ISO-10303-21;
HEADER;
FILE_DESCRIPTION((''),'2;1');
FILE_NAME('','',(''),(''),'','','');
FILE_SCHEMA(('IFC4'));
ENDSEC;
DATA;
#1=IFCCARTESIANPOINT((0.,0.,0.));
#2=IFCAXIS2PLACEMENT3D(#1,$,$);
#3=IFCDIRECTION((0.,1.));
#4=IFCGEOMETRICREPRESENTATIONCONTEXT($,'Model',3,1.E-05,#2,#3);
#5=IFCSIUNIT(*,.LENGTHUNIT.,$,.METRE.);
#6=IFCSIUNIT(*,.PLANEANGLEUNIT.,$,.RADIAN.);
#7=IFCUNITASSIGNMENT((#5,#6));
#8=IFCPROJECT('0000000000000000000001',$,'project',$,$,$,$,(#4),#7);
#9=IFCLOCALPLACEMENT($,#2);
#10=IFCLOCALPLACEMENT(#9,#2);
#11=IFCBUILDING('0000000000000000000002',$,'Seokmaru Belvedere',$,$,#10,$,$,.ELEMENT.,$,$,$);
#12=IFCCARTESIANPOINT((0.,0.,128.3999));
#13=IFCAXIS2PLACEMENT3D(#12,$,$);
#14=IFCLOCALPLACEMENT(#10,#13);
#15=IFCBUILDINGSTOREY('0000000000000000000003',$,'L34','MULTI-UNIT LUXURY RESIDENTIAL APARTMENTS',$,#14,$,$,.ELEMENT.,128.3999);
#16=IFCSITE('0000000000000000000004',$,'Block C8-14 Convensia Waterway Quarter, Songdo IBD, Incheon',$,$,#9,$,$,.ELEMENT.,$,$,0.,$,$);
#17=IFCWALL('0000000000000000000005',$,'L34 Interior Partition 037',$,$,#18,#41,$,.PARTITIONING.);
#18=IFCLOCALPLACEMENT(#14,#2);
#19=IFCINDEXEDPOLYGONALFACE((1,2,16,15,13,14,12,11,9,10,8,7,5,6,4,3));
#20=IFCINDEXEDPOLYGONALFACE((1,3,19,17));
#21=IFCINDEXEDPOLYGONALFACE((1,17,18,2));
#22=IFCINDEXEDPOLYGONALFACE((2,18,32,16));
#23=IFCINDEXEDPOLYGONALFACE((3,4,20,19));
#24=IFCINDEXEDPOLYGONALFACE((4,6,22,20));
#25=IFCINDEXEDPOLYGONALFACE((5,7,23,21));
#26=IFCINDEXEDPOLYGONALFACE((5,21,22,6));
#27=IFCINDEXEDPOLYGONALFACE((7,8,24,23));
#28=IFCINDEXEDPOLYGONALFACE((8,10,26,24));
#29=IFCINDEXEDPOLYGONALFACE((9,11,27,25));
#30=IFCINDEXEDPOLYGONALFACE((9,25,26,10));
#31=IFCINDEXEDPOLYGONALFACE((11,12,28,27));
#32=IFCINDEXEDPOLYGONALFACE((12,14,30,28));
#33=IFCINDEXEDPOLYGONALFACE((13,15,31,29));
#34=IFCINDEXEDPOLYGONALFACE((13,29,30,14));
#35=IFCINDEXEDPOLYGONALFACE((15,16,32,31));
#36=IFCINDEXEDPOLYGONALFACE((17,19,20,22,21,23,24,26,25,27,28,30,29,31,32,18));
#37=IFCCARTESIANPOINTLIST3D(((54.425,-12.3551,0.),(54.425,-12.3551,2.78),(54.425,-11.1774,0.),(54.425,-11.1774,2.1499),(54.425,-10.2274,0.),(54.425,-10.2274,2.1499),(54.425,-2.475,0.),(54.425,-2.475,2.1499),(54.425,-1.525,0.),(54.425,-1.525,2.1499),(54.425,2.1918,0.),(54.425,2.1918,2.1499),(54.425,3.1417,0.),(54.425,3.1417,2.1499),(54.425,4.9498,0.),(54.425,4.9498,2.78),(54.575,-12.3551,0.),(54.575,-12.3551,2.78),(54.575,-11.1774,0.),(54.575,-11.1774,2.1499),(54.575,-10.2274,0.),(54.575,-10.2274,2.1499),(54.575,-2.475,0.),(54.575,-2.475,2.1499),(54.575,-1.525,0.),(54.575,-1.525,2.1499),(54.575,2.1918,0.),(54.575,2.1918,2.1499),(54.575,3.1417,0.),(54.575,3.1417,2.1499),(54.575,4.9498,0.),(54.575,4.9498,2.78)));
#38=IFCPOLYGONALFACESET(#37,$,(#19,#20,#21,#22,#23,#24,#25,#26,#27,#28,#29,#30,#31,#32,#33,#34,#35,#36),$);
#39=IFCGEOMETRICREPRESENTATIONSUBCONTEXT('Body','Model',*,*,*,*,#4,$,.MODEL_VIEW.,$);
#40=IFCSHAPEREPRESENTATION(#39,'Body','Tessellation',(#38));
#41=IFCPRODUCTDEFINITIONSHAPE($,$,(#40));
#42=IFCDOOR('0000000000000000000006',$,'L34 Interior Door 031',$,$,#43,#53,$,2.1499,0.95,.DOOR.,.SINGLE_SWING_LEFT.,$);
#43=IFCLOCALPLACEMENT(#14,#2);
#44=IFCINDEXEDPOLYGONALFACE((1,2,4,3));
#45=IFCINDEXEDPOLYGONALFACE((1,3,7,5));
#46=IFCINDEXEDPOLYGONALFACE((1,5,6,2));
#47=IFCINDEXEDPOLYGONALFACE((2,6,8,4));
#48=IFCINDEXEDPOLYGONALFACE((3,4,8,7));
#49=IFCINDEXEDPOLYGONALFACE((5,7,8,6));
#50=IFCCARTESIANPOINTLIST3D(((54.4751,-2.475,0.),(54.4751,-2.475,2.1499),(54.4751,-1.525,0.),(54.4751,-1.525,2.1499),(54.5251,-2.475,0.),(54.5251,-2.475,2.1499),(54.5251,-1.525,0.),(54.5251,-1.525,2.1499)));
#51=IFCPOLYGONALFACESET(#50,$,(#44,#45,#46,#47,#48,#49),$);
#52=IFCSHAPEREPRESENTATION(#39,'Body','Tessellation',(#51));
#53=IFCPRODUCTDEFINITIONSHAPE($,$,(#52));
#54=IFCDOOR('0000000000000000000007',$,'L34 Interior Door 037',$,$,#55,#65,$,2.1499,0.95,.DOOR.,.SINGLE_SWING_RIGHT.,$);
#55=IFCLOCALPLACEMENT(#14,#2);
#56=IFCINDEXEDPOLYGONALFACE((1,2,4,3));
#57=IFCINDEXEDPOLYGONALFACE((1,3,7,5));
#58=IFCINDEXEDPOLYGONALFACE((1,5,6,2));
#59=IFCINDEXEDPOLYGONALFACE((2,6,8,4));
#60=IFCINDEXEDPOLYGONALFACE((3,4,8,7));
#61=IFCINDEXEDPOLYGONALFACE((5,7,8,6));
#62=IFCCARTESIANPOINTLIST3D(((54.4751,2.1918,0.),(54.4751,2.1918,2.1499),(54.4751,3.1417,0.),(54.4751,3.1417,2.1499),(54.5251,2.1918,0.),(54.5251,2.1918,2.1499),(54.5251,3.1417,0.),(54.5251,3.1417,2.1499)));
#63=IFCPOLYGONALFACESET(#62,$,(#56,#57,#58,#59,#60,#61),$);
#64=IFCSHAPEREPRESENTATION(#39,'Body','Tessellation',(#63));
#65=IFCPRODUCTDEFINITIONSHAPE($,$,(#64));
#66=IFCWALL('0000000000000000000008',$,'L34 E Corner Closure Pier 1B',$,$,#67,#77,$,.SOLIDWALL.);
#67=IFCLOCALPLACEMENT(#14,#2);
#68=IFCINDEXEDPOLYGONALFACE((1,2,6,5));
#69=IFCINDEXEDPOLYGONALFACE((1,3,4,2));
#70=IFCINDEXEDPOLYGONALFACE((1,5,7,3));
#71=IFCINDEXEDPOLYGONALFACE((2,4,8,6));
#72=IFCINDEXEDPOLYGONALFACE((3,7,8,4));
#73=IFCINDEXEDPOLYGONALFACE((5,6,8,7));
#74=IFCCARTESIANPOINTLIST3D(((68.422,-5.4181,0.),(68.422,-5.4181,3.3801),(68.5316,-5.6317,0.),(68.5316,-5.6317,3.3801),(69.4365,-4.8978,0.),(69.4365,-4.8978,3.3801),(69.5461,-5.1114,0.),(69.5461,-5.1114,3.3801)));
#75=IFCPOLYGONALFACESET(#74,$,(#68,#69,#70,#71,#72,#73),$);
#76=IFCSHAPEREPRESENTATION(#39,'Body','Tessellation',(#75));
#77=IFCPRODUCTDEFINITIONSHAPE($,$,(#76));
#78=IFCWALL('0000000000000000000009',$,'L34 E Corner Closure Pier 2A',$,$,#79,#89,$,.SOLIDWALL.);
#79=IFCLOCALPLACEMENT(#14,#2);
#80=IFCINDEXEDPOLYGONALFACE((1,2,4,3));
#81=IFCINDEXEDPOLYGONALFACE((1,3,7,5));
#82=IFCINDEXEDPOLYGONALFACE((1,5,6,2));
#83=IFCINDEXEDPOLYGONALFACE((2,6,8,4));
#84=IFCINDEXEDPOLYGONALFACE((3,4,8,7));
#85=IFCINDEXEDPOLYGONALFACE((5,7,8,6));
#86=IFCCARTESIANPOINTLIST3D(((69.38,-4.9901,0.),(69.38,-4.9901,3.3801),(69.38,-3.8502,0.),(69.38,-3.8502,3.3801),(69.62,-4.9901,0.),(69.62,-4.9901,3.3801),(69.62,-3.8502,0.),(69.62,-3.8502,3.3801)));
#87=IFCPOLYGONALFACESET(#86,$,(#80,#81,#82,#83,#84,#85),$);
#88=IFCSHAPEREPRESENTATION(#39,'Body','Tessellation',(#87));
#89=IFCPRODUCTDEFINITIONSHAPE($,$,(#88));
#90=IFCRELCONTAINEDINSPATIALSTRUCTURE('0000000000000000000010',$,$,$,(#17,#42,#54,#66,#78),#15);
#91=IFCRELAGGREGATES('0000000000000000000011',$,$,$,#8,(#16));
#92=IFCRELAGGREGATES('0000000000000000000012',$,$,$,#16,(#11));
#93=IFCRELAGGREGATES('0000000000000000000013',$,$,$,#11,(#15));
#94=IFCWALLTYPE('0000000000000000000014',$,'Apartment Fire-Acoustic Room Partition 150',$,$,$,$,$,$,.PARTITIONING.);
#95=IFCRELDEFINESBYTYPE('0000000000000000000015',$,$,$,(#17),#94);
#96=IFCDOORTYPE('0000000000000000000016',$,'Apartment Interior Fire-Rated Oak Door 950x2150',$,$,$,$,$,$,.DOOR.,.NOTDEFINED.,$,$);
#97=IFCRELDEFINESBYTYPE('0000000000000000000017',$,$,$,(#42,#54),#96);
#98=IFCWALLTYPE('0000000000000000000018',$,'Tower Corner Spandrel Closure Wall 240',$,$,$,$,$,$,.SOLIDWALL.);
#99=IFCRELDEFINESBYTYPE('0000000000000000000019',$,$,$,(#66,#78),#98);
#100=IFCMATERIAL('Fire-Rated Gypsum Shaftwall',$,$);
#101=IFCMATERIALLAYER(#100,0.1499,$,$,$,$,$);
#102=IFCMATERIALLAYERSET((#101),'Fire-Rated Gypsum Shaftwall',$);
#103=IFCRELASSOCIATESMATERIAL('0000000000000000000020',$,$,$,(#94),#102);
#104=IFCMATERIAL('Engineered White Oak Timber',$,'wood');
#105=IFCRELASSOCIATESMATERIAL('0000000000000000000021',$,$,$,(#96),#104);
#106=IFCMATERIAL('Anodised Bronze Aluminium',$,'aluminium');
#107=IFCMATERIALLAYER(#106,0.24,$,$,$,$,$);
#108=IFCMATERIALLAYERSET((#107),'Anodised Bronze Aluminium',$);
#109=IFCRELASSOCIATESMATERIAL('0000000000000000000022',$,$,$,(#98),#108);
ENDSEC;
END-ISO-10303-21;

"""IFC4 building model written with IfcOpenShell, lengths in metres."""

from ifc_helpers import new_model, si_unit, direction, frame, frame_2d, origin, place, context, subcontext, project, spatial, rectangle, extrude, source, transform, mapped, material, layer, layer_set, type_object, type_shapes, element, fill, save


model = new_model("IFC4")

# Units and contexts
model_context = context("Model", 3, precision=1e-05, world=origin(), true_north=direction((0.0, 1.0)))
body_context = subcontext(model_context, "Body", "Model", "MODEL_VIEW")
ifc_project = project(units=[si_unit("LENGTHUNIT", "METRE"), si_unit("PLANEANGLEUNIT", "RADIAN")], contexts=[model_context])

# Site, building, storey
site_placement = place(None, origin())
site = spatial("IfcSite", under=ifc_project, at=site_placement, Name="Block C8-14 Convensia Waterway Quarter, Songdo IBD, Incheon", CompositionType="ELEMENT", RefElevation=0.0)
building_placement = place(site_placement, origin())
building = spatial("IfcBuilding", under=site, at=building_placement, Name="Seokmaru Belvedere", CompositionType="ELEMENT")
storey_placement = place(building_placement, frame((0.0, 0.0, 128.3999)))
storey = spatial("IfcBuildingStorey", under=building, at=storey_placement, Name="L34", Description="MULTI-UNIT LUXURY RESIDENTIAL APARTMENTS", CompositionType="ELEMENT", Elevation=128.3999)

# Shared definitions
ifc_material_1 = material(Name="Anodised Bronze Aluminium", Category="aluminium")

# Wall, openings, doors
ifc_material_2 = material(Name="Fire-Rated Gypsum Shaftwall")
ifc_layer_1 = layer(ifc_material_2, 0.1499)
ifc_layer_set_1 = layer_set([ifc_layer_1], Name="Fire-Rated Gypsum Shaftwall")
wall_type_1 = type_object("IfcWallType", Name="Apartment Fire-Acoustic Room Partition 150", PredefinedType="PARTITIONING", material=ifc_layer_set_1)
ifc_material_3 = material(Name="Engineered White Oak Timber", Category="wood")
door_type = type_object("IfcDoorType", Name="Apartment Interior Fire-Rated Oak Door 950x2150", OperationType="NOTDEFINED", PredefinedType="DOOR", material=ifc_material_3)
shared_shape_1 = source(origin(), body_context, "Body", "SweptSolid", [
    extrude(rectangle(XDim=0.95, YDim=2.1499, at=frame_2d((0.4751, 1.075))), frame((0.0, 0.0249, 0.0), z_axis=(0.0, -1.0, 0.0), x_axis=(1.0, 0.0, 0.0)), (0.0, 0.0, 1.0), 0.05),
])
type_shapes(door_type, [shared_shape_1])
wall_1_placement = place(storey_placement, frame((54.5, -12.355, 0.0), z_axis=(0.0, 0.0, 1.0), x_axis=(0.0, 1.0, 0.0)))
wall_1 = element("IfcWall", 1, at=wall_1_placement, inside=storey, type_object=wall_type_1, Name="L34 Interior Partition 037", PredefinedType="PARTITIONING", context=body_context, shape_type="SweptSolid", body=[
    extrude(rectangle(XDim=17.3049, YDim=0.1499, at=frame_2d((8.6523, 0.0))), origin(), (0.0, 0.0, 1.0), 2.78),
])
opening_1_placement = place(wall_1_placement, frame((1.1775, 0.0, 0.0)))
element("IfcOpeningElement", 2, at=opening_1_placement, cuts=wall_1, PredefinedType="OPENING", context=body_context, shape_type="SweptSolid", body=[
    extrude(rectangle(XDim=0.95, YDim=2.1499, at=frame_2d((0.4751, 1.075))), frame((0.0, 0.085, 0.0), z_axis=(0.0, -1.0, 0.0), x_axis=(1.0, 0.0, 0.0)), (0.0, 0.0, 1.0), 0.1699),
])
opening_2_placement = place(wall_1_placement, frame((9.8799, 0.0, 0.0)))
opening_2 = element("IfcOpeningElement", 3, at=opening_2_placement, cuts=wall_1, PredefinedType="OPENING", context=body_context, shape_type="SweptSolid", body=[
    extrude(rectangle(XDim=0.95, YDim=2.1499, at=frame_2d((0.4751, 1.075))), frame((0.0, 0.085, 0.0), z_axis=(0.0, -1.0, 0.0), x_axis=(1.0, 0.0, 0.0)), (0.0, 0.0, 1.0), 0.1699),
])
opening_3_placement = place(wall_1_placement, frame((14.5466, 0.0, 0.0)))
opening_3 = element("IfcOpeningElement", 4, at=opening_3_placement, cuts=wall_1, PredefinedType="OPENING", context=body_context, shape_type="SweptSolid", body=[
    extrude(rectangle(XDim=0.95, YDim=2.1499, at=frame_2d((0.4751, 1.075))), frame((0.0, 0.085, 0.0), z_axis=(0.0, -1.0, 0.0), x_axis=(1.0, 0.0, 0.0)), (0.0, 0.0, 1.0), 0.1699),
])
door_1_placement = place(opening_2_placement, origin())
door_1 = element("IfcDoor", 5, at=door_1_placement, inside=storey, type_object=door_type, Name="L34 Interior Door 031", OperationType="SINGLE_SWING_LEFT", OverallHeight=2.1499, OverallWidth=0.95, PredefinedType="DOOR", context=body_context, shape_type="MappedRepresentation", body=[
    mapped(shared_shape_1, transform((0.0, 0.0, 0.0), scale=1.0)),
])
fill(opening_2, door_1)
door_2_placement = place(opening_3_placement, origin())
door_2 = element("IfcDoor", 6, at=door_2_placement, inside=storey, type_object=door_type, Name="L34 Interior Door 037", OperationType="SINGLE_SWING_RIGHT", OverallHeight=2.1499, OverallWidth=0.95, PredefinedType="DOOR", context=body_context, shape_type="MappedRepresentation", body=[
    mapped(shared_shape_1, transform((0.0, 0.0, 0.0), scale=1.0)),
])
fill(opening_3, door_2)

# Walls
ifc_layer_2 = layer(ifc_material_1, 0.24)
ifc_layer_set_2 = layer_set([ifc_layer_2], Name="Anodised Bronze Aluminium")
wall_type_2 = type_object("IfcWallType", Name="Tower Corner Spandrel Closure Wall 240", PredefinedType="SOLIDWALL", material=ifc_layer_set_2)
wall_2_placement = place(storey_placement, frame((68.4768, -5.5249, 0.0), z_axis=(0.0, 0.0, 1.0), x_axis=(0.889797, 0.456356, 0.0)))
element("IfcWall", 7, at=wall_2_placement, inside=storey, type_object=wall_type_2, Name="L34 E Corner Closure Pier 1B", PredefinedType="SOLIDWALL", context=body_context, shape_type="SweptSolid", body=[
    extrude(rectangle(XDim=1.1401, YDim=0.24, at=frame_2d((0.5701, 0.0))), origin(), (0.0, 0.0, 1.0), 3.3801),
])
wall_3_placement = place(storey_placement, frame((69.5, -4.99, 0.0), z_axis=(0.0, 0.0, 1.0), x_axis=(0.0, 1.0, 0.0)))
element("IfcWall", 8, at=wall_3_placement, inside=storey, type_object=wall_type_2, Name="L34 E Corner Closure Pier 2A", PredefinedType="SOLIDWALL", context=body_context, shape_type="SweptSolid", body=[
    extrude(rectangle(XDim=1.1399, YDim=0.24, at=frame_2d((0.5698, 0.0))), origin(), (0.0, 0.0, 1.0), 3.3801),
])

save(model, "model.ifc")
